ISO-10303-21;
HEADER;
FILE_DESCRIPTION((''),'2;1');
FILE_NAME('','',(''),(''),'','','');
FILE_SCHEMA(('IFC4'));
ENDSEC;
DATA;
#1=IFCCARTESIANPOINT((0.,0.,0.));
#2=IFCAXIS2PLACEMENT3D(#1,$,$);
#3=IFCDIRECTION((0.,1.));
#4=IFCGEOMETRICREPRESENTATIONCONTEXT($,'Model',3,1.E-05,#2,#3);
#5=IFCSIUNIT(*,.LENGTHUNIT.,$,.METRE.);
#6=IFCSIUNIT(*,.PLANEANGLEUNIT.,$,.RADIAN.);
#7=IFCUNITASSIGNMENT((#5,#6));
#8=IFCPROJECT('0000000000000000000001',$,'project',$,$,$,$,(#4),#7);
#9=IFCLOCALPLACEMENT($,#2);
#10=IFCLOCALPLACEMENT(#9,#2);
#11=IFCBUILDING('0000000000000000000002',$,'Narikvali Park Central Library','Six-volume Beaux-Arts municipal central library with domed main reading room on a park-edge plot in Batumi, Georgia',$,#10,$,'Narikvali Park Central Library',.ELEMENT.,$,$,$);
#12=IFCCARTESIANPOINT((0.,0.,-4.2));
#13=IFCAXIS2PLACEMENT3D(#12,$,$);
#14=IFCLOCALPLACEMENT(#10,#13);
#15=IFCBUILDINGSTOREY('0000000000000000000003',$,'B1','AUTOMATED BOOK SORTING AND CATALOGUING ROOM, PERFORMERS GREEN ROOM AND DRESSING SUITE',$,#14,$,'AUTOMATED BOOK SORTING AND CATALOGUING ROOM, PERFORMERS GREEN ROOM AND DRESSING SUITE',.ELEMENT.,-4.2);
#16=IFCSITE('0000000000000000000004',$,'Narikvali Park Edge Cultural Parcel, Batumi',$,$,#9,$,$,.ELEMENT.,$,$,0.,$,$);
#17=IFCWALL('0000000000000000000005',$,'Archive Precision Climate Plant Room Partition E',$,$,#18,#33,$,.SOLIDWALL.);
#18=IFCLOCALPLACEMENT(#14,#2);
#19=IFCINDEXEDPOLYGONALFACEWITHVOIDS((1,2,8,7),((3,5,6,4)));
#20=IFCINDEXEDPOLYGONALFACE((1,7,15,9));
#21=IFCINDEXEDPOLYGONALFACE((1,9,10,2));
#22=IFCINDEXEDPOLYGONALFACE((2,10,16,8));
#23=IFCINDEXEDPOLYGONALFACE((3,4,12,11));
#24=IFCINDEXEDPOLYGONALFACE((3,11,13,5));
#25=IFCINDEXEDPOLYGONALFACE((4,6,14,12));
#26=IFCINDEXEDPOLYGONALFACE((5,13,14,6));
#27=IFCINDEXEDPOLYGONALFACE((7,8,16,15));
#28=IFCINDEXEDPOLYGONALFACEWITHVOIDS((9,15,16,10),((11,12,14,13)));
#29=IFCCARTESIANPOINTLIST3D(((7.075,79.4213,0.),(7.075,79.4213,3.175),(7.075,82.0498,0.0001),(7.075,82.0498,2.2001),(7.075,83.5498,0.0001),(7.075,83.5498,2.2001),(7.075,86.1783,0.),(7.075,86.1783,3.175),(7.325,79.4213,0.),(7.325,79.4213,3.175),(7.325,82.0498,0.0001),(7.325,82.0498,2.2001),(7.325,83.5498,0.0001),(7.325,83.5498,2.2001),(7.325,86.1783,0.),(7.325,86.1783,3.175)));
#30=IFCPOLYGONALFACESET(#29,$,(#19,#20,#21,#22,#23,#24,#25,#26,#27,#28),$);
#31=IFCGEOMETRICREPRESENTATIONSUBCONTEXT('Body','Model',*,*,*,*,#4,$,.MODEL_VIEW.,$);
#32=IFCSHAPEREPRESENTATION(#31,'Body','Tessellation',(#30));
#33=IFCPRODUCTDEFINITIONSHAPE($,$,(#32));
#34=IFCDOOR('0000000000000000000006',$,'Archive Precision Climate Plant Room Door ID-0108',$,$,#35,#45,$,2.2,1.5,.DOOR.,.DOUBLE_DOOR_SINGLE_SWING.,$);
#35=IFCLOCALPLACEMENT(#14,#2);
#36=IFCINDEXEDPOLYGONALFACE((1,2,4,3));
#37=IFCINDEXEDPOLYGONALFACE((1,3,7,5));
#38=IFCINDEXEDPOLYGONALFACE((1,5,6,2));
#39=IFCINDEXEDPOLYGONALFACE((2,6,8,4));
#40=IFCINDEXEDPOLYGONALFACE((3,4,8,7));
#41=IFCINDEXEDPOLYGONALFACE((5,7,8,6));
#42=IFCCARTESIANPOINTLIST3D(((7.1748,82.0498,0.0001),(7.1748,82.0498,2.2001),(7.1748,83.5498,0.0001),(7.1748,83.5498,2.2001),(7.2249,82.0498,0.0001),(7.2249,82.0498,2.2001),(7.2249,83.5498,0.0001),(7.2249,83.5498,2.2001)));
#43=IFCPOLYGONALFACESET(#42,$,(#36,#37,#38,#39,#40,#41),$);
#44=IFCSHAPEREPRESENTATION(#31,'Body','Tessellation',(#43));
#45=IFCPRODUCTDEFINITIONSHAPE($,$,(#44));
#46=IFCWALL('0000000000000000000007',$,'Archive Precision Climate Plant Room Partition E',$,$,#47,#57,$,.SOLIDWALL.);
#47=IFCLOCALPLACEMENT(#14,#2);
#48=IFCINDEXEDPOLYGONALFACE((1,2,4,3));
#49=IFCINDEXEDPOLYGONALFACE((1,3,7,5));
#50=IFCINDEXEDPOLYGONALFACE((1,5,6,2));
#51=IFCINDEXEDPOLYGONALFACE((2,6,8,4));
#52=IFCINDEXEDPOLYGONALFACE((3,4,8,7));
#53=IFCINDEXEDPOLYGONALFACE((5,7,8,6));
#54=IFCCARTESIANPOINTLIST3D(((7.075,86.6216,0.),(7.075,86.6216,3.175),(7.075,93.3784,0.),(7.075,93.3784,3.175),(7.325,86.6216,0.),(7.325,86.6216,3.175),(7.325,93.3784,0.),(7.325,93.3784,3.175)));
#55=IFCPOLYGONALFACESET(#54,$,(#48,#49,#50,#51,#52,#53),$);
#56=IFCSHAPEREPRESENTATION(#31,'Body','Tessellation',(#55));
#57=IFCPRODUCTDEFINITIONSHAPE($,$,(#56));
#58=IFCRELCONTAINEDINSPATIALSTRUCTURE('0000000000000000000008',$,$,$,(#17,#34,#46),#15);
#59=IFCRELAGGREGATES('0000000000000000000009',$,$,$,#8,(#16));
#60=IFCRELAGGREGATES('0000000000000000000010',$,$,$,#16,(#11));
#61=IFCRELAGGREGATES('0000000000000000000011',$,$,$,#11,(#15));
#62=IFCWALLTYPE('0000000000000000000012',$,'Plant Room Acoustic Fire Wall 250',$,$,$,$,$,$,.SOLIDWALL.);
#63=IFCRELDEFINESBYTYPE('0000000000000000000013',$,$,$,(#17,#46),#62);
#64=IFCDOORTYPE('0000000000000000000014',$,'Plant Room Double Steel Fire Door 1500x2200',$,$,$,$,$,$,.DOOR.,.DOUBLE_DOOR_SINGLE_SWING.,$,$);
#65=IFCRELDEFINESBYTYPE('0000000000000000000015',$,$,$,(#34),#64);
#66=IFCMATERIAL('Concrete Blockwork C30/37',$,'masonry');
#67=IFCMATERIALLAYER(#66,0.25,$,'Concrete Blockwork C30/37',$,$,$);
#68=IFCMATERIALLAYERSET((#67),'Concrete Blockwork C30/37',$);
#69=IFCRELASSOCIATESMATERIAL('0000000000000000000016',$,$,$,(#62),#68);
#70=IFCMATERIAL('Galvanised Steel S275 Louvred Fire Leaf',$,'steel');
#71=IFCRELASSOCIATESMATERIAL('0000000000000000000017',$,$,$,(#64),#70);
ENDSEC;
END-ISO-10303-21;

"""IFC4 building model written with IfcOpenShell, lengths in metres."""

from ifc_helpers import new_model, si_unit, direction, frame, frame_2d, origin, place, context, subcontext, project, spatial, rectangle, extrude, material, layer, layer_set, type_object, element, fill, save


model = new_model("IFC4")

# Units and contexts
model_context = context("Model", 3, precision=1e-05, world=origin(), true_north=direction((0.0, 1.0)))
body_context = subcontext(model_context, "Body", "Model", "MODEL_VIEW")
ifc_project = project(units=[si_unit("LENGTHUNIT", "METRE"), si_unit("PLANEANGLEUNIT", "RADIAN")], contexts=[model_context])

# Site, building, storey
site_placement = place(None, origin())
site = spatial("IfcSite", under=ifc_project, at=site_placement, Name="Narikvali Park Edge Cultural Parcel, Batumi", CompositionType="ELEMENT", RefElevation=0.0)
building_placement = place(site_placement, origin())
building = spatial("IfcBuilding", under=site, at=building_placement, Name="Narikvali Park Central Library", Description="Six-volume Beaux-Arts municipal central library with domed main reading room on a park-edge plot in Batumi, Georgia", LongName="Narikvali Park Central Library", CompositionType="ELEMENT")
storey_placement = place(building_placement, frame((0.0, 0.0, -4.2)))
storey = spatial("IfcBuildingStorey", under=building, at=storey_placement, Name="B1", Description="AUTOMATED BOOK SORTING AND CATALOGUING ROOM, PERFORMERS GREEN ROOM AND DRESSING SUITE", LongName="AUTOMATED BOOK SORTING AND CATALOGUING ROOM, PERFORMERS GREEN ROOM AND DRESSING SUITE", CompositionType="ELEMENT", Elevation=-4.2)

# Wall, opening, door
ifc_material_1 = material(Name="Concrete Blockwork C30/37", Category="masonry")
ifc_layer_1 = layer(ifc_material_1, 0.25, Name="Concrete Blockwork C30/37")
ifc_layer_set_1 = layer_set([ifc_layer_1], Name="Concrete Blockwork C30/37")
wall_type_1 = type_object("IfcWallType", Name="Plant Room Acoustic Fire Wall 250", PredefinedType="SOLIDWALL", material=ifc_layer_set_1)
wall_1_placement = place(storey_placement, frame((7.2, 79.4214, 0.0), z_axis=(0.0, 0.0, 1.0), x_axis=(0.0, 1.0, 0.0)))
wall_1 = element("IfcWall", 1, at=wall_1_placement, inside=storey, type_object=wall_type_1, Name="Archive Precision Climate Plant Room Partition E", PredefinedType="SOLIDWALL", context=body_context, shape_type="SweptSolid", body=[
    extrude(rectangle(XDim=6.7571, YDim=0.25, at=frame_2d((3.3784, 0.0))), origin(), (0.0, 0.0, 1.0), 3.175),
])
opening_placement = place(wall_1_placement, frame((2.6284, 0.0, 0.0)))
opening = element("IfcOpeningElement", 2, at=opening_placement, cuts=wall_1, PredefinedType="OPENING", context=body_context, shape_type="SweptSolid", body=[
    extrude(rectangle(XDim=1.5, YDim=2.2, at=frame_2d((0.75, 1.1001))), frame((0.0, 0.137, 0.0), z_axis=(0.0, -1.0, 0.0), x_axis=(1.0, 0.0, 0.0)), (0.0, 0.0, 1.0), 0.2739),
])
ifc_material_2 = material(Name="Galvanised Steel S275 Louvred Fire Leaf", Category="steel")
door_type = type_object("IfcDoorType", Name="Plant Room Double Steel Fire Door 1500x2200", OperationType="DOUBLE_DOOR_SINGLE_SWING", PredefinedType="DOOR", material=ifc_material_2)
door_placement = place(opening_placement, frame((1.5, 0.0, 0.0), z_axis=(0.0, 0.0, 1.0), x_axis=(-1.0, 0.0, 0.0)))
door = element("IfcDoor", 3, at=door_placement, inside=storey, type_object=door_type, Name="Archive Precision Climate Plant Room Door ID-0108", OperationType="DOUBLE_DOOR_SINGLE_SWING", OverallHeight=2.2, OverallWidth=1.5, PredefinedType="DOOR", context=body_context, shape_type="SweptSolid", body=[
    extrude(rectangle(XDim=1.5, YDim=2.2, at=frame_2d((0.75, 1.1001))), frame((0.0, 0.0249, 0.0), z_axis=(0.0, -1.0, 0.0), x_axis=(1.0, 0.0, 0.0)), (0.0, 0.0, 1.0), 0.05),
])
fill(opening, door)

# Wall
wall_2_placement = place(storey_placement, frame((7.2, 86.6216, 0.0), z_axis=(0.0, 0.0, 1.0), x_axis=(0.0, 1.0, 0.0)))
element("IfcWall", 4, at=wall_2_placement, inside=storey, type_object=wall_type_1, Name="Archive Precision Climate Plant Room Partition E", PredefinedType="SOLIDWALL", context=body_context, shape_type="SweptSolid", body=[
    extrude(rectangle(XDim=6.7568, YDim=0.25, at=frame_2d((3.3784, 0.0))), origin(), (0.0, 0.0, 1.0), 3.175),
])

save(model, "model.ifc")
